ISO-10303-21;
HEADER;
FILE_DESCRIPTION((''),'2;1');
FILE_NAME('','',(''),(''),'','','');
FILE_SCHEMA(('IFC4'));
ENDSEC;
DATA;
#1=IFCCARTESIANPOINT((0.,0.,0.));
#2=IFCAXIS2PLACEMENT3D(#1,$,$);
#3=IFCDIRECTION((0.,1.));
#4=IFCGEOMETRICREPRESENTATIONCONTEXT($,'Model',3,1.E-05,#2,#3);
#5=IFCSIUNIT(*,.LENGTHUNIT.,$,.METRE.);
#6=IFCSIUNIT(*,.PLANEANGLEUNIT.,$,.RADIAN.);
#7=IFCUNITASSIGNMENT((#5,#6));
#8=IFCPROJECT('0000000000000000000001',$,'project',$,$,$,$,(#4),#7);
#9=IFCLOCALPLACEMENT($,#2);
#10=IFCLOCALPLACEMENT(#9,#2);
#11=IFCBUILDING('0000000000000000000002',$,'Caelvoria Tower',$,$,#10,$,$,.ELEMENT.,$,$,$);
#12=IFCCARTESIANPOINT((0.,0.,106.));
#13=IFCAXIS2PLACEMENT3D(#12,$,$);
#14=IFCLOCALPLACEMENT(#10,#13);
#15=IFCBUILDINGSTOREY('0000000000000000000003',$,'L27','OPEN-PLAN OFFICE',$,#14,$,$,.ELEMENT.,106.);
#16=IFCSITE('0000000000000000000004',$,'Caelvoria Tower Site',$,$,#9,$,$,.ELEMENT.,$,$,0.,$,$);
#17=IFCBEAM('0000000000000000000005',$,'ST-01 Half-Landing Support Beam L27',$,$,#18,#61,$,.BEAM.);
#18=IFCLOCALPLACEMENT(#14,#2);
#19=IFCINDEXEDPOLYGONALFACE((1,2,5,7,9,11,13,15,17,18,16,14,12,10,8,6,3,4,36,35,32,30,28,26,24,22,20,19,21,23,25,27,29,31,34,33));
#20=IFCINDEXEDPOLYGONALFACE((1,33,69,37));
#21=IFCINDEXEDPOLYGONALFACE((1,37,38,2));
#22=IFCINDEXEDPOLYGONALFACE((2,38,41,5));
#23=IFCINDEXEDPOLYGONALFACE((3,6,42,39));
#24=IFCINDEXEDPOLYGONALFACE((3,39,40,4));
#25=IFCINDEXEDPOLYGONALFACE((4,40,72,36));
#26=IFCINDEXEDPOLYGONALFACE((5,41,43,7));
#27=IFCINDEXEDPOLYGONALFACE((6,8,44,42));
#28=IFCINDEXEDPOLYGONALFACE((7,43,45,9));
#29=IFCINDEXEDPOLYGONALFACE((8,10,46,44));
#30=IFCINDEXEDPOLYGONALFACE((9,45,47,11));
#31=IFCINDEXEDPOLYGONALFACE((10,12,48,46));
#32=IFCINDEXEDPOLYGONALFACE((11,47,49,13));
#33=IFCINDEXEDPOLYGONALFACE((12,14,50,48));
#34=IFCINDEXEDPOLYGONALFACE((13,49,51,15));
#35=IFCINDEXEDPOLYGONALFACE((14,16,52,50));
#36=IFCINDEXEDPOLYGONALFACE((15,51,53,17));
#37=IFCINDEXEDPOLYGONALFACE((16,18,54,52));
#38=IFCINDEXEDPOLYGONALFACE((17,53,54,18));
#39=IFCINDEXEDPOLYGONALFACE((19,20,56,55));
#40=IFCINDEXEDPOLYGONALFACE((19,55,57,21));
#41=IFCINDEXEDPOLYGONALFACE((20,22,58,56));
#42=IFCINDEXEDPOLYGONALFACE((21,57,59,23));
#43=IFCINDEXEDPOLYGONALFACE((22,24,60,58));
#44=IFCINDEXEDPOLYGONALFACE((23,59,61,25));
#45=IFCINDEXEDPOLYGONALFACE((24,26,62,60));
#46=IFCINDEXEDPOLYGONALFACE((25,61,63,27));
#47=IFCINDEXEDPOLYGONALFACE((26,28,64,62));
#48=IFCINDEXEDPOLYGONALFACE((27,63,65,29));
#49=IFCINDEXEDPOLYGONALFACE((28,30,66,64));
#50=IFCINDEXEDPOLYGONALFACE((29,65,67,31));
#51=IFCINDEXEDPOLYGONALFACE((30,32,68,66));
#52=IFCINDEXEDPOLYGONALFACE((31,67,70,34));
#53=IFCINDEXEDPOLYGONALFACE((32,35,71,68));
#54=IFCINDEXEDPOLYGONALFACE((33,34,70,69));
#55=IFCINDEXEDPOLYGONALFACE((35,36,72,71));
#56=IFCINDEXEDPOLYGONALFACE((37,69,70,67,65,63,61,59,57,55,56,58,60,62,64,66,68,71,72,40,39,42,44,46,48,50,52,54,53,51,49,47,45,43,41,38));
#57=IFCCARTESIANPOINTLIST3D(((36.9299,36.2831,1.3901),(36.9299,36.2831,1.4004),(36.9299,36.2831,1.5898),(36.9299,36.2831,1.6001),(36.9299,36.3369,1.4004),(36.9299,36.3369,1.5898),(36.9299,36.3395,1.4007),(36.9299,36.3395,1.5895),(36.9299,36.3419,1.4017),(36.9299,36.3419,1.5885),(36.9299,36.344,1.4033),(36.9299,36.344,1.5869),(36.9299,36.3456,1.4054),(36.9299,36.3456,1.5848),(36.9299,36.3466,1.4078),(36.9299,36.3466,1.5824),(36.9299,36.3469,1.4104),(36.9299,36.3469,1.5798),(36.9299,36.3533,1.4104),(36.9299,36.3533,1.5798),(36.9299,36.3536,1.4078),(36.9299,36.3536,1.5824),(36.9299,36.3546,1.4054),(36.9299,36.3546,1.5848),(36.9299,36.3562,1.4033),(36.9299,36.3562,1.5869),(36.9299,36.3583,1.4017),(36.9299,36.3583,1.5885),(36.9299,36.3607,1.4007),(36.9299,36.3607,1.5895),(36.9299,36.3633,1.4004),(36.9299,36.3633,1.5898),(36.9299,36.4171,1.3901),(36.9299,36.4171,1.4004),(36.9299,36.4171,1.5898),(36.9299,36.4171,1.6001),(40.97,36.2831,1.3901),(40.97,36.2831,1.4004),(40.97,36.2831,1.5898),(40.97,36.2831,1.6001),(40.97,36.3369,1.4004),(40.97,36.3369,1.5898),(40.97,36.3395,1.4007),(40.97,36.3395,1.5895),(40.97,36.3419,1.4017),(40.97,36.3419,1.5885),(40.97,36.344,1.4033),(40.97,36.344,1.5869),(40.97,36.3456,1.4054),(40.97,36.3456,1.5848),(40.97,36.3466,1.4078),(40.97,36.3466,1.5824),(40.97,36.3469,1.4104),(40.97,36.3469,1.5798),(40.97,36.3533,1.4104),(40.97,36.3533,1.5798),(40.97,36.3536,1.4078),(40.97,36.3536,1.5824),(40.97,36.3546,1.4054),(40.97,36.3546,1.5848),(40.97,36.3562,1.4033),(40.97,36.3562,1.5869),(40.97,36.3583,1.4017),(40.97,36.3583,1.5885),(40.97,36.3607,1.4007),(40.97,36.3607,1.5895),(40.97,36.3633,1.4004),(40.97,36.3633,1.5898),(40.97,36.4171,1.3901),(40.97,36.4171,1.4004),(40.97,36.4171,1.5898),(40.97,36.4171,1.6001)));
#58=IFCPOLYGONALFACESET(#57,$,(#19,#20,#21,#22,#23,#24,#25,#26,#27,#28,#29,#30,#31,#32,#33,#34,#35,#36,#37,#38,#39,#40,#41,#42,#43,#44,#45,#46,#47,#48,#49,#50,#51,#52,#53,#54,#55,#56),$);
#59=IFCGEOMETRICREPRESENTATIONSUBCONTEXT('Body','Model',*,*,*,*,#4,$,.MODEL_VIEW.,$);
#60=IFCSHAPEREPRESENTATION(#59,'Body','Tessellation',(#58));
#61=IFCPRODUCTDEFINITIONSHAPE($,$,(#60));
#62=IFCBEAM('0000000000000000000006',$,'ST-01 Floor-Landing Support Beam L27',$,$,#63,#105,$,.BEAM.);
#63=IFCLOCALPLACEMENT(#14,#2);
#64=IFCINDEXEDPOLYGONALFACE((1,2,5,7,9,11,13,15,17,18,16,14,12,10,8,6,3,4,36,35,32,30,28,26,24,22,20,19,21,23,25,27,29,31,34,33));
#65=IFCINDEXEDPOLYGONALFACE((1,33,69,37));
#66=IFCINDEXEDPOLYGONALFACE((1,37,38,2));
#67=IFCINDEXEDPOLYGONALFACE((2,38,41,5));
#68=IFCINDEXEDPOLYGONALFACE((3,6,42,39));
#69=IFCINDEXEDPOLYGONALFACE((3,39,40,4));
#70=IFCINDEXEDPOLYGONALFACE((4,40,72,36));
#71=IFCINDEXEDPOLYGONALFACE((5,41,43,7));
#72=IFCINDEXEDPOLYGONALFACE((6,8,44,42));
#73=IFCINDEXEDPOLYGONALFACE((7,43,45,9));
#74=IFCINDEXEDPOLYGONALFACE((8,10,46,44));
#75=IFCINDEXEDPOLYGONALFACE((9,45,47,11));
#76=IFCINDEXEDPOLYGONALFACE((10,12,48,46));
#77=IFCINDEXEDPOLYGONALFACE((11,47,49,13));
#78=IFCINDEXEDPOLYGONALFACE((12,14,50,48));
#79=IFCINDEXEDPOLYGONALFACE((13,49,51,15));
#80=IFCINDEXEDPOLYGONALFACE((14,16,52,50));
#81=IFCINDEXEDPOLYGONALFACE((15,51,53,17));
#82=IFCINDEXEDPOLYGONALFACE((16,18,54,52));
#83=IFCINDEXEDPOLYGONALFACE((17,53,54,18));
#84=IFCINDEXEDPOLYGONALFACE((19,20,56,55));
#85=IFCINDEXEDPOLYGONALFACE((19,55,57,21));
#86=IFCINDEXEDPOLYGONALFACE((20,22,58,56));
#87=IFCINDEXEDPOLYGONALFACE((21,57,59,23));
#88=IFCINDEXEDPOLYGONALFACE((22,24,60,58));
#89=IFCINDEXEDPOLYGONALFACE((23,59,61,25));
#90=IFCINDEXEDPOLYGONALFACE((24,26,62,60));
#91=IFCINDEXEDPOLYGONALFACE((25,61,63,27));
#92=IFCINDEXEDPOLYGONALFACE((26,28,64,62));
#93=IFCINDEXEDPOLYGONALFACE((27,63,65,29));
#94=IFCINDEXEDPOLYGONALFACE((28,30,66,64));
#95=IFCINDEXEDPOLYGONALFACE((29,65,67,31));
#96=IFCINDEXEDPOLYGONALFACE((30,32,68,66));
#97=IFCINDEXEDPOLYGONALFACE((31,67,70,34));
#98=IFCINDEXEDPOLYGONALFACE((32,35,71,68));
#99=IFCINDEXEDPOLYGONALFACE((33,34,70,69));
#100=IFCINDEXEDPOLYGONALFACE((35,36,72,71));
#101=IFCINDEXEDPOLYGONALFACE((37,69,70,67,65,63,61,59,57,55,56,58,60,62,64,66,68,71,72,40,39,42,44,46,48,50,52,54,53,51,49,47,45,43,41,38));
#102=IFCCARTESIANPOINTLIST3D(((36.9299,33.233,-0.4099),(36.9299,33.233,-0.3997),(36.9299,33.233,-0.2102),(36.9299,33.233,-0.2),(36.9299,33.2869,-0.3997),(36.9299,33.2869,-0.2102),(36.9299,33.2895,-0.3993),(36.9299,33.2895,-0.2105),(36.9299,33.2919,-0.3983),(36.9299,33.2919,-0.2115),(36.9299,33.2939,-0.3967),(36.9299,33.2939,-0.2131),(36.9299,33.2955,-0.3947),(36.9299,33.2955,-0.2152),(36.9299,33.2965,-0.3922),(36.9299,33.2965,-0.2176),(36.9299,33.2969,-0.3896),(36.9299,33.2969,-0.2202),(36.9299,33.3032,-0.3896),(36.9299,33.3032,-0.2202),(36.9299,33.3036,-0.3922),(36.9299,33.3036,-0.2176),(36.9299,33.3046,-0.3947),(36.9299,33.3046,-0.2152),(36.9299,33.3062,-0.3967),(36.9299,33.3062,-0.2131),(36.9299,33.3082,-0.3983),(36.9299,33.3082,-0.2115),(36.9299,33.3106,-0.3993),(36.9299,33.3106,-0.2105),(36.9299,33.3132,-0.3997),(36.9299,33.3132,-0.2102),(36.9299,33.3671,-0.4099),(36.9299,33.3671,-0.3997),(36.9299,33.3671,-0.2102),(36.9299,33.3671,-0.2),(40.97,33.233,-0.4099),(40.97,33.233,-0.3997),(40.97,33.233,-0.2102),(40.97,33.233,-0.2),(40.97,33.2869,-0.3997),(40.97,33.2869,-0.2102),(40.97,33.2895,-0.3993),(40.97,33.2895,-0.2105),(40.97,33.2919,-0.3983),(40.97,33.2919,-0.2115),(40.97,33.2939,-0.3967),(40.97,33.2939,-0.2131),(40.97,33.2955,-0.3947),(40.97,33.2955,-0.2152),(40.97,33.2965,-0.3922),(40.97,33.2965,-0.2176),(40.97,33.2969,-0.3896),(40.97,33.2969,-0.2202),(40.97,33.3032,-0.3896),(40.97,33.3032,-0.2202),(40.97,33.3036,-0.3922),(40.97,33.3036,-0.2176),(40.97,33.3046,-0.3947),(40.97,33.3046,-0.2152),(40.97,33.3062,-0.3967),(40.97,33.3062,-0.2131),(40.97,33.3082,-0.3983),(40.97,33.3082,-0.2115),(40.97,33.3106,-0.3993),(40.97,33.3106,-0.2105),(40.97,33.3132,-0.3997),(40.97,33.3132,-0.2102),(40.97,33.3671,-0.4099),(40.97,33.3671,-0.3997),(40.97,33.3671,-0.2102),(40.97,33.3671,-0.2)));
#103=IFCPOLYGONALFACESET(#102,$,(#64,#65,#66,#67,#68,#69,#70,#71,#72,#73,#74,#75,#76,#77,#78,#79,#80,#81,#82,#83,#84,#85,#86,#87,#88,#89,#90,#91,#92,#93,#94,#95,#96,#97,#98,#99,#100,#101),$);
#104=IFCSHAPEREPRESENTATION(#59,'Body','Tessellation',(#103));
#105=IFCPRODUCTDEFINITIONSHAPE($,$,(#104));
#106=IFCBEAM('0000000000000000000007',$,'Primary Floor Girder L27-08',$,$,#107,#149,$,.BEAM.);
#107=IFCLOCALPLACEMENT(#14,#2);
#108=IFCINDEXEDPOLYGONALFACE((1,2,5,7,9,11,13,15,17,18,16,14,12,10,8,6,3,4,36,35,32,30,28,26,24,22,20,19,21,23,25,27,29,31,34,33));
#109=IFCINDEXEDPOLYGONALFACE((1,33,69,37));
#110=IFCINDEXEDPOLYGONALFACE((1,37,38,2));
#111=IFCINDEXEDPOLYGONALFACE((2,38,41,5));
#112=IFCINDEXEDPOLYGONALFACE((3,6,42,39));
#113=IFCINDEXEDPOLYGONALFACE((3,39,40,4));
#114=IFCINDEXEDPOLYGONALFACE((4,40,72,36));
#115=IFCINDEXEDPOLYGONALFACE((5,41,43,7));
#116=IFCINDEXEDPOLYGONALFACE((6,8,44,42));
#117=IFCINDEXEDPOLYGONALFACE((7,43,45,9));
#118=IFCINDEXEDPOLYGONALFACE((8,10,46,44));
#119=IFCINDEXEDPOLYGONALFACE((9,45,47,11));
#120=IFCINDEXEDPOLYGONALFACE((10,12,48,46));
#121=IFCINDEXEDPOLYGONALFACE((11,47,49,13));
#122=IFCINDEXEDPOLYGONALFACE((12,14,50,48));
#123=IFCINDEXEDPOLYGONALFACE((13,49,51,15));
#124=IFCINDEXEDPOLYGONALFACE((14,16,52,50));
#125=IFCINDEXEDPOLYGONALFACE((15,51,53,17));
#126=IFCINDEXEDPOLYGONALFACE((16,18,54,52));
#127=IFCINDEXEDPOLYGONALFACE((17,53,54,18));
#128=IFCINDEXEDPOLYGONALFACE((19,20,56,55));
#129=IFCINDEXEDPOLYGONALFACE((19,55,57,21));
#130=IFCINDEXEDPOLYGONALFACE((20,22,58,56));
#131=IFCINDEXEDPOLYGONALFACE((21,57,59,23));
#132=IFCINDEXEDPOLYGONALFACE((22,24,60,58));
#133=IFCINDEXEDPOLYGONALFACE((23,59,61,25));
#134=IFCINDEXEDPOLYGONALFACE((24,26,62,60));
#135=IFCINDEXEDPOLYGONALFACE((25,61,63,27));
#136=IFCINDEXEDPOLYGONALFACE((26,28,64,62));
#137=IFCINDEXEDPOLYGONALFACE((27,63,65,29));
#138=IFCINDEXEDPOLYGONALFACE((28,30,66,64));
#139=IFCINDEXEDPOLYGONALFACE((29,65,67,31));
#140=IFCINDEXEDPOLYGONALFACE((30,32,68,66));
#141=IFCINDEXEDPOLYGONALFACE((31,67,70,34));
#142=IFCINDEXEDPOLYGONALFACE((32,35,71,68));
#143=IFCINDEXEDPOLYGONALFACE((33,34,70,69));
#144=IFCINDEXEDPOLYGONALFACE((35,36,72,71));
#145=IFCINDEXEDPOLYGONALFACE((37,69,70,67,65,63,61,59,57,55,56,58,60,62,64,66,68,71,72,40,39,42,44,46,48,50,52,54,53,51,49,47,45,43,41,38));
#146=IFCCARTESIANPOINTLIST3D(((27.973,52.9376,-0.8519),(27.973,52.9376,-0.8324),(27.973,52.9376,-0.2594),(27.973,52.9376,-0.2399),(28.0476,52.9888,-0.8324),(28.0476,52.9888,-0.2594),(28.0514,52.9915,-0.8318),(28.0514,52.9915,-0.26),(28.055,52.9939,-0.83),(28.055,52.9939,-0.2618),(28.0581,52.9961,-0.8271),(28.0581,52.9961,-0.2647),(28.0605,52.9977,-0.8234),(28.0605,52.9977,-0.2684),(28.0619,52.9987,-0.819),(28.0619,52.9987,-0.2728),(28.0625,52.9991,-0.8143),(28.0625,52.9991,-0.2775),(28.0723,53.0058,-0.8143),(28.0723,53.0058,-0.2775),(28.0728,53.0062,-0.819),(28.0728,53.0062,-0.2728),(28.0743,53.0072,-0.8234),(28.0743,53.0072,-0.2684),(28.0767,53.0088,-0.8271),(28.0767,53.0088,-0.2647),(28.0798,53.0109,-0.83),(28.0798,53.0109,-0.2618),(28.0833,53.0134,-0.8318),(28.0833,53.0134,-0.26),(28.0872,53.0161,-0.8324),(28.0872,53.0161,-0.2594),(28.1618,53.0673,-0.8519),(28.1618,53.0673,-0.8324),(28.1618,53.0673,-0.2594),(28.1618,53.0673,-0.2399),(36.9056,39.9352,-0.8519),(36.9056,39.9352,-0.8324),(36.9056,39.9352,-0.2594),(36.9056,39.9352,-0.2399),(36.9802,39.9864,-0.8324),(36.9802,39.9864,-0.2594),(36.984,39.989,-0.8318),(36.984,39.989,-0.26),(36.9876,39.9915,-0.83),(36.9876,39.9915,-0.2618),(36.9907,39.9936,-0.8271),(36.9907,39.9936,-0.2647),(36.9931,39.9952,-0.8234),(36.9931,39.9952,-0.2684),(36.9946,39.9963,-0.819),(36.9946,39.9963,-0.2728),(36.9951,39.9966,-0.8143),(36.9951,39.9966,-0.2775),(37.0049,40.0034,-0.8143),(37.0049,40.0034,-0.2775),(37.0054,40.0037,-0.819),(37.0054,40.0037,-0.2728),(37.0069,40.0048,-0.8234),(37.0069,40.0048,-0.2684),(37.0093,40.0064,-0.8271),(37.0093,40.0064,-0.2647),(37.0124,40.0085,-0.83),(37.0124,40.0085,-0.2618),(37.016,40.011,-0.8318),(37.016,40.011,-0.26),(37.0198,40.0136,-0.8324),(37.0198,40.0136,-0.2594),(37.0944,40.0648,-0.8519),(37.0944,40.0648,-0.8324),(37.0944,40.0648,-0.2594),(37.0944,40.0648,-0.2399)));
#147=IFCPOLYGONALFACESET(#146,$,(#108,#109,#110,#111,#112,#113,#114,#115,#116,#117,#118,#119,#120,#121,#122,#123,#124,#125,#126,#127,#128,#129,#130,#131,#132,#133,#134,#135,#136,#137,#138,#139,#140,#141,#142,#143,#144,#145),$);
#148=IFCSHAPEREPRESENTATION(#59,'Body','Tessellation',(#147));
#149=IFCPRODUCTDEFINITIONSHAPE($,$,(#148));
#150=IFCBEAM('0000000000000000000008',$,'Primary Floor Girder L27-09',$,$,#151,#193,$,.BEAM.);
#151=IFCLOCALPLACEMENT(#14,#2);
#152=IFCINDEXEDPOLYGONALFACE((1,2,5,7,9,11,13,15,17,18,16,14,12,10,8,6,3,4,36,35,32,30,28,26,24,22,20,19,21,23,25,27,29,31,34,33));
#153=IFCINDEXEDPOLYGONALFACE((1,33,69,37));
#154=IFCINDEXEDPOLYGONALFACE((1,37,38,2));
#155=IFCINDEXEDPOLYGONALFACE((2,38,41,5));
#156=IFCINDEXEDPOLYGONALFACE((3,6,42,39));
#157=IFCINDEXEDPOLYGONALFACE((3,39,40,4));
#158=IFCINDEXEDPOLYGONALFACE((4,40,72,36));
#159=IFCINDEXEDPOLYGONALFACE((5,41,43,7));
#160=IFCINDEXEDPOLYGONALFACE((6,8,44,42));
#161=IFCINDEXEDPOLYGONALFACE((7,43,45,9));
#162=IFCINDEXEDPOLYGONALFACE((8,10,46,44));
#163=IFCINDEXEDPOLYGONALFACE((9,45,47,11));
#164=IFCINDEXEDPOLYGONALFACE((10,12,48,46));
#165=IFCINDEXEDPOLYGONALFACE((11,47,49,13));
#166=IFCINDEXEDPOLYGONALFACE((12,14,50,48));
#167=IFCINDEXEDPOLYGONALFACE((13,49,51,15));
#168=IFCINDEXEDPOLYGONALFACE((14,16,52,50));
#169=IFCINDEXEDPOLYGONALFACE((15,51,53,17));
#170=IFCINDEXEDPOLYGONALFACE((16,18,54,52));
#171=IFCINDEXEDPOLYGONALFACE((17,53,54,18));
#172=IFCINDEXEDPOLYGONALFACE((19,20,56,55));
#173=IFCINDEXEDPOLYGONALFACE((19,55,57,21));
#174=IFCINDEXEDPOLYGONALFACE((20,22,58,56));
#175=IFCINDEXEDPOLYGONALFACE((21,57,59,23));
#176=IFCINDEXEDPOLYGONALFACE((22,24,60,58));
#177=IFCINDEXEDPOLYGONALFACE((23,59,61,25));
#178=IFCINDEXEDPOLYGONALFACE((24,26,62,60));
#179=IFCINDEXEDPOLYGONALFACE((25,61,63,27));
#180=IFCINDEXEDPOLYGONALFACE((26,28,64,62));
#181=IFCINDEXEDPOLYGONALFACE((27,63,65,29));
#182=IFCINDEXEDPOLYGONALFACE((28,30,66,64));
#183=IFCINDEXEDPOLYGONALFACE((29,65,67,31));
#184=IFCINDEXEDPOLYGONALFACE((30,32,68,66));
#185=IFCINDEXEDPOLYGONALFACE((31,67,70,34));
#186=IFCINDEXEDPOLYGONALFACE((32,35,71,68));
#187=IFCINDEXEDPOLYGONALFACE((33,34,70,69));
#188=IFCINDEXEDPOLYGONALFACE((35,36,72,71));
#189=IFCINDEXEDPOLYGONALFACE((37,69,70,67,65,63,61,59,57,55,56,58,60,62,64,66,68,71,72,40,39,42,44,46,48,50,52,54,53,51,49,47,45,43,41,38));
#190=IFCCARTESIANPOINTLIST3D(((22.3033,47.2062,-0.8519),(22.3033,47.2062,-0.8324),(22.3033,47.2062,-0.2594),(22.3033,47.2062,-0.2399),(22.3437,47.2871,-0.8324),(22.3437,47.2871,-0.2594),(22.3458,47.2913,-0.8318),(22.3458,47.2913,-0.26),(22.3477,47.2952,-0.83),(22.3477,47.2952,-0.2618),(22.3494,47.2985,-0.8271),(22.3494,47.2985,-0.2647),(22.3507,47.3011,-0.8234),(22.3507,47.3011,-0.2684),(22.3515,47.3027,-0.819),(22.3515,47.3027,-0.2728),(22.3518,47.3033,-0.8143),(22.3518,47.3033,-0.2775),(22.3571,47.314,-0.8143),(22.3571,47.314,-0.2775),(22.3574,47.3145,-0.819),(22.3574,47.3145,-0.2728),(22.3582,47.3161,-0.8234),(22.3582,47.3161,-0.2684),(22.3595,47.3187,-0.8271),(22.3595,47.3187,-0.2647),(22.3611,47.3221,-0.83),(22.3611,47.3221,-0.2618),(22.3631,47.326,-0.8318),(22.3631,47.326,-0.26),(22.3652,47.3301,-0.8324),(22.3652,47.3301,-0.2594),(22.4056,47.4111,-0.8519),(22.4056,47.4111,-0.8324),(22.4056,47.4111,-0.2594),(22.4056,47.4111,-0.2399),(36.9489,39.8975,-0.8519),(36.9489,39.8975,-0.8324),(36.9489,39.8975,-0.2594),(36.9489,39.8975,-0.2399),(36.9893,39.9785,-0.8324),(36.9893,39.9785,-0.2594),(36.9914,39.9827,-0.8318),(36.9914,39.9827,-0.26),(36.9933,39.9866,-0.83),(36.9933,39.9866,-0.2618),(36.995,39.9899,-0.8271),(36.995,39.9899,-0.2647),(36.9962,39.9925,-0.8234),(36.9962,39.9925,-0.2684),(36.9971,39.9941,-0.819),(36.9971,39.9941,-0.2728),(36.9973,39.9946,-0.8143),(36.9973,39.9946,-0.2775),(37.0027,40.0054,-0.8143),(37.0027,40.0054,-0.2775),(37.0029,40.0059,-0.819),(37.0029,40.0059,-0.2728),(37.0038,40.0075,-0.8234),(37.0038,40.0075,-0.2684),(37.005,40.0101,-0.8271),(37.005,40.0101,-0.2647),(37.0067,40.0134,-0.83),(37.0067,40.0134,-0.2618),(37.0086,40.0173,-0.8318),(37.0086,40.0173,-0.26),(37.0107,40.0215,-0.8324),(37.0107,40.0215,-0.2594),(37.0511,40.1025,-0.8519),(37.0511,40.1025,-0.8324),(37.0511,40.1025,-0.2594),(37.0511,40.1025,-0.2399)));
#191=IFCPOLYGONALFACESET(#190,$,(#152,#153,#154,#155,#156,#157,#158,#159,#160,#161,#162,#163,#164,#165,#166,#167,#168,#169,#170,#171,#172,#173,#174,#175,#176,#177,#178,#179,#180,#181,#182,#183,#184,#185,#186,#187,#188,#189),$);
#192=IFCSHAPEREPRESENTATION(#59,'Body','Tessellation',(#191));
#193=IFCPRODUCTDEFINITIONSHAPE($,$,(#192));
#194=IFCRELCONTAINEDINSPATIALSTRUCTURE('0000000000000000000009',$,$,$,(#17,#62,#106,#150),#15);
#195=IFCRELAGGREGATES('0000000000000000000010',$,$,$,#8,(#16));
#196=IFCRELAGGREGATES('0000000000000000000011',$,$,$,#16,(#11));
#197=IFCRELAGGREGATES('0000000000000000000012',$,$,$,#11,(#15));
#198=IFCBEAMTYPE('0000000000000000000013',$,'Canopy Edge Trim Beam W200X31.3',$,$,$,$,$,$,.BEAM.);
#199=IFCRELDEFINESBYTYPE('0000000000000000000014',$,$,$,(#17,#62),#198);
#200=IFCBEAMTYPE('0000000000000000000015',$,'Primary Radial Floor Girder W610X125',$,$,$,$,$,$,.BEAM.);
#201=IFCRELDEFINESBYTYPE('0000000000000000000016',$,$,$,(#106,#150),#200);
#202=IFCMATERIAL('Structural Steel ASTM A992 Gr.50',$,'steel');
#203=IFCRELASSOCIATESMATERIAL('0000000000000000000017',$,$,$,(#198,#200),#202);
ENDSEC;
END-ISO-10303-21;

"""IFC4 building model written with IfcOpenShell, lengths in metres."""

from ifc_helpers import new_model, si_unit, direction, frame, origin, origin_2d, place, context, subcontext, project, spatial, i_section, extrude, material, material_profile, profile_set, type_object, element, save


model = new_model("IFC4")

# Units and contexts
model_context = context("Model", 3, precision=1e-05, world=origin(), true_north=direction((0.0, 1.0)))
body_context = subcontext(model_context, "Body", "Model", "MODEL_VIEW")
ifc_project = project(units=[si_unit("LENGTHUNIT", "METRE"), si_unit("PLANEANGLEUNIT", "RADIAN")], contexts=[model_context])

# Site, building, storey
site_placement = place(None, origin())
site = spatial("IfcSite", under=ifc_project, at=site_placement, Name="Caelvoria Tower Site", CompositionType="ELEMENT", RefElevation=0.0)
building_placement = place(site_placement, origin())
building = spatial("IfcBuilding", under=site, at=building_placement, Name="Caelvoria Tower", CompositionType="ELEMENT")
storey_placement = place(building_placement, frame((0.0, 0.0, 106.0)))
storey = spatial("IfcBuildingStorey", under=building, at=storey_placement, Name="L27", Description="OPEN-PLAN OFFICE", CompositionType="ELEMENT", Elevation=106.0)

# Beams
ifc_material_1 = material(Name="Structural Steel ASTM A992 Gr.50", Category="steel")
ifc_material_profile_1 = material_profile(ifc_material_1, i_section(OverallWidth=0.134, OverallDepth=0.21, WebThickness=0.0063, FlangeThickness=0.0103, FilletRadius=0.01, at=origin_2d()), Name="Structural Steel ASTM A992 Gr.50")
ifc_profile_set_1 = profile_set([ifc_material_profile_1], Name="W200X31.3 - Structural Steel ASTM A992 Gr.50")
beam_type_1 = type_object("IfcBeamType", Name="Canopy Edge Trim Beam W200X31.3", PredefinedType="BEAM", material=ifc_profile_set_1)
for number, where, z_axis, x_axis, name in (
    (1, (36.9299, 36.3501, 1.4951), (1.0, 0.0, 0.0), (0.0, 1.0, 0.0), "ST-01 Half-Landing Support Beam L27"),
    (2, (36.9299, 33.3, -0.3049), (1.0, 0.0, 0.0), (0.0, 1.0, 0.0), "ST-01 Floor-Landing Support Beam L27"),
):
    element("IfcBeam", number, at=place(storey_placement, frame(where, z_axis=z_axis, x_axis=x_axis)), inside=storey, type_object=beam_type_1, Name=name, PredefinedType="BEAM", context=body_context, shape_type="SweptSolid", body=[
        extrude(i_section(OverallWidth=0.134, OverallDepth=0.21, WebThickness=0.0063, FlangeThickness=0.0103, FilletRadius=0.01, at=origin_2d()), origin(), (0.0, 0.0, 1.0), 4.04),
    ])
ifc_material_profile_2 = material_profile(ifc_material_1, i_section(OverallWidth=0.229, OverallDepth=0.6121, WebThickness=0.012, FlangeThickness=0.0195, FilletRadius=0.0181, at=origin_2d()), Name="Structural Steel ASTM A992 Gr.50")
ifc_profile_set_2 = profile_set([ifc_material_profile_2], Name="W610X125 - Structural Steel ASTM A992 Gr.50")
beam_type_2 = type_object("IfcBeamType", Name="Primary Radial Floor Girder W610X125", PredefinedType="BEAM", material=ifc_profile_set_2)
beam_1_placement = place(storey_placement, frame((37.0, 40.0, -0.5459), z_axis=(-0.566246, 0.824236, 0.0), x_axis=(-0.824236, -0.566246, 0.0)))
element("IfcBeam", 3, at=beam_1_placement, inside=storey, type_object=beam_type_2, Name="Primary Floor Girder L27-08", PredefinedType="BEAM", context=body_context, shape_type="SweptSolid", body=[
    extrude(i_section(OverallWidth=0.229, OverallDepth=0.6121, WebThickness=0.012, FlangeThickness=0.0195, FilletRadius=0.0181, at=origin_2d()), origin(), (0.0, 0.0, 1.0), 15.7751),
])
beam_2_placement = place(storey_placement, frame((37.0, 40.0, -0.5459), z_axis=(-0.894773, 0.446521, 0.0), x_axis=(-0.446521, -0.894773, 0.0)))
element("IfcBeam", 4, at=beam_2_placement, inside=storey, type_object=beam_type_2, Name="Primary Floor Girder L27-09", PredefinedType="BEAM", context=body_context, shape_type="SweptSolid", body=[
    extrude(i_section(OverallWidth=0.229, OverallDepth=0.6121, WebThickness=0.012, FlangeThickness=0.0195, FilletRadius=0.0181, at=origin_2d()), origin(), (0.0, 0.0, 1.0), 16.3679),
])

save(model, "model.ifc")
